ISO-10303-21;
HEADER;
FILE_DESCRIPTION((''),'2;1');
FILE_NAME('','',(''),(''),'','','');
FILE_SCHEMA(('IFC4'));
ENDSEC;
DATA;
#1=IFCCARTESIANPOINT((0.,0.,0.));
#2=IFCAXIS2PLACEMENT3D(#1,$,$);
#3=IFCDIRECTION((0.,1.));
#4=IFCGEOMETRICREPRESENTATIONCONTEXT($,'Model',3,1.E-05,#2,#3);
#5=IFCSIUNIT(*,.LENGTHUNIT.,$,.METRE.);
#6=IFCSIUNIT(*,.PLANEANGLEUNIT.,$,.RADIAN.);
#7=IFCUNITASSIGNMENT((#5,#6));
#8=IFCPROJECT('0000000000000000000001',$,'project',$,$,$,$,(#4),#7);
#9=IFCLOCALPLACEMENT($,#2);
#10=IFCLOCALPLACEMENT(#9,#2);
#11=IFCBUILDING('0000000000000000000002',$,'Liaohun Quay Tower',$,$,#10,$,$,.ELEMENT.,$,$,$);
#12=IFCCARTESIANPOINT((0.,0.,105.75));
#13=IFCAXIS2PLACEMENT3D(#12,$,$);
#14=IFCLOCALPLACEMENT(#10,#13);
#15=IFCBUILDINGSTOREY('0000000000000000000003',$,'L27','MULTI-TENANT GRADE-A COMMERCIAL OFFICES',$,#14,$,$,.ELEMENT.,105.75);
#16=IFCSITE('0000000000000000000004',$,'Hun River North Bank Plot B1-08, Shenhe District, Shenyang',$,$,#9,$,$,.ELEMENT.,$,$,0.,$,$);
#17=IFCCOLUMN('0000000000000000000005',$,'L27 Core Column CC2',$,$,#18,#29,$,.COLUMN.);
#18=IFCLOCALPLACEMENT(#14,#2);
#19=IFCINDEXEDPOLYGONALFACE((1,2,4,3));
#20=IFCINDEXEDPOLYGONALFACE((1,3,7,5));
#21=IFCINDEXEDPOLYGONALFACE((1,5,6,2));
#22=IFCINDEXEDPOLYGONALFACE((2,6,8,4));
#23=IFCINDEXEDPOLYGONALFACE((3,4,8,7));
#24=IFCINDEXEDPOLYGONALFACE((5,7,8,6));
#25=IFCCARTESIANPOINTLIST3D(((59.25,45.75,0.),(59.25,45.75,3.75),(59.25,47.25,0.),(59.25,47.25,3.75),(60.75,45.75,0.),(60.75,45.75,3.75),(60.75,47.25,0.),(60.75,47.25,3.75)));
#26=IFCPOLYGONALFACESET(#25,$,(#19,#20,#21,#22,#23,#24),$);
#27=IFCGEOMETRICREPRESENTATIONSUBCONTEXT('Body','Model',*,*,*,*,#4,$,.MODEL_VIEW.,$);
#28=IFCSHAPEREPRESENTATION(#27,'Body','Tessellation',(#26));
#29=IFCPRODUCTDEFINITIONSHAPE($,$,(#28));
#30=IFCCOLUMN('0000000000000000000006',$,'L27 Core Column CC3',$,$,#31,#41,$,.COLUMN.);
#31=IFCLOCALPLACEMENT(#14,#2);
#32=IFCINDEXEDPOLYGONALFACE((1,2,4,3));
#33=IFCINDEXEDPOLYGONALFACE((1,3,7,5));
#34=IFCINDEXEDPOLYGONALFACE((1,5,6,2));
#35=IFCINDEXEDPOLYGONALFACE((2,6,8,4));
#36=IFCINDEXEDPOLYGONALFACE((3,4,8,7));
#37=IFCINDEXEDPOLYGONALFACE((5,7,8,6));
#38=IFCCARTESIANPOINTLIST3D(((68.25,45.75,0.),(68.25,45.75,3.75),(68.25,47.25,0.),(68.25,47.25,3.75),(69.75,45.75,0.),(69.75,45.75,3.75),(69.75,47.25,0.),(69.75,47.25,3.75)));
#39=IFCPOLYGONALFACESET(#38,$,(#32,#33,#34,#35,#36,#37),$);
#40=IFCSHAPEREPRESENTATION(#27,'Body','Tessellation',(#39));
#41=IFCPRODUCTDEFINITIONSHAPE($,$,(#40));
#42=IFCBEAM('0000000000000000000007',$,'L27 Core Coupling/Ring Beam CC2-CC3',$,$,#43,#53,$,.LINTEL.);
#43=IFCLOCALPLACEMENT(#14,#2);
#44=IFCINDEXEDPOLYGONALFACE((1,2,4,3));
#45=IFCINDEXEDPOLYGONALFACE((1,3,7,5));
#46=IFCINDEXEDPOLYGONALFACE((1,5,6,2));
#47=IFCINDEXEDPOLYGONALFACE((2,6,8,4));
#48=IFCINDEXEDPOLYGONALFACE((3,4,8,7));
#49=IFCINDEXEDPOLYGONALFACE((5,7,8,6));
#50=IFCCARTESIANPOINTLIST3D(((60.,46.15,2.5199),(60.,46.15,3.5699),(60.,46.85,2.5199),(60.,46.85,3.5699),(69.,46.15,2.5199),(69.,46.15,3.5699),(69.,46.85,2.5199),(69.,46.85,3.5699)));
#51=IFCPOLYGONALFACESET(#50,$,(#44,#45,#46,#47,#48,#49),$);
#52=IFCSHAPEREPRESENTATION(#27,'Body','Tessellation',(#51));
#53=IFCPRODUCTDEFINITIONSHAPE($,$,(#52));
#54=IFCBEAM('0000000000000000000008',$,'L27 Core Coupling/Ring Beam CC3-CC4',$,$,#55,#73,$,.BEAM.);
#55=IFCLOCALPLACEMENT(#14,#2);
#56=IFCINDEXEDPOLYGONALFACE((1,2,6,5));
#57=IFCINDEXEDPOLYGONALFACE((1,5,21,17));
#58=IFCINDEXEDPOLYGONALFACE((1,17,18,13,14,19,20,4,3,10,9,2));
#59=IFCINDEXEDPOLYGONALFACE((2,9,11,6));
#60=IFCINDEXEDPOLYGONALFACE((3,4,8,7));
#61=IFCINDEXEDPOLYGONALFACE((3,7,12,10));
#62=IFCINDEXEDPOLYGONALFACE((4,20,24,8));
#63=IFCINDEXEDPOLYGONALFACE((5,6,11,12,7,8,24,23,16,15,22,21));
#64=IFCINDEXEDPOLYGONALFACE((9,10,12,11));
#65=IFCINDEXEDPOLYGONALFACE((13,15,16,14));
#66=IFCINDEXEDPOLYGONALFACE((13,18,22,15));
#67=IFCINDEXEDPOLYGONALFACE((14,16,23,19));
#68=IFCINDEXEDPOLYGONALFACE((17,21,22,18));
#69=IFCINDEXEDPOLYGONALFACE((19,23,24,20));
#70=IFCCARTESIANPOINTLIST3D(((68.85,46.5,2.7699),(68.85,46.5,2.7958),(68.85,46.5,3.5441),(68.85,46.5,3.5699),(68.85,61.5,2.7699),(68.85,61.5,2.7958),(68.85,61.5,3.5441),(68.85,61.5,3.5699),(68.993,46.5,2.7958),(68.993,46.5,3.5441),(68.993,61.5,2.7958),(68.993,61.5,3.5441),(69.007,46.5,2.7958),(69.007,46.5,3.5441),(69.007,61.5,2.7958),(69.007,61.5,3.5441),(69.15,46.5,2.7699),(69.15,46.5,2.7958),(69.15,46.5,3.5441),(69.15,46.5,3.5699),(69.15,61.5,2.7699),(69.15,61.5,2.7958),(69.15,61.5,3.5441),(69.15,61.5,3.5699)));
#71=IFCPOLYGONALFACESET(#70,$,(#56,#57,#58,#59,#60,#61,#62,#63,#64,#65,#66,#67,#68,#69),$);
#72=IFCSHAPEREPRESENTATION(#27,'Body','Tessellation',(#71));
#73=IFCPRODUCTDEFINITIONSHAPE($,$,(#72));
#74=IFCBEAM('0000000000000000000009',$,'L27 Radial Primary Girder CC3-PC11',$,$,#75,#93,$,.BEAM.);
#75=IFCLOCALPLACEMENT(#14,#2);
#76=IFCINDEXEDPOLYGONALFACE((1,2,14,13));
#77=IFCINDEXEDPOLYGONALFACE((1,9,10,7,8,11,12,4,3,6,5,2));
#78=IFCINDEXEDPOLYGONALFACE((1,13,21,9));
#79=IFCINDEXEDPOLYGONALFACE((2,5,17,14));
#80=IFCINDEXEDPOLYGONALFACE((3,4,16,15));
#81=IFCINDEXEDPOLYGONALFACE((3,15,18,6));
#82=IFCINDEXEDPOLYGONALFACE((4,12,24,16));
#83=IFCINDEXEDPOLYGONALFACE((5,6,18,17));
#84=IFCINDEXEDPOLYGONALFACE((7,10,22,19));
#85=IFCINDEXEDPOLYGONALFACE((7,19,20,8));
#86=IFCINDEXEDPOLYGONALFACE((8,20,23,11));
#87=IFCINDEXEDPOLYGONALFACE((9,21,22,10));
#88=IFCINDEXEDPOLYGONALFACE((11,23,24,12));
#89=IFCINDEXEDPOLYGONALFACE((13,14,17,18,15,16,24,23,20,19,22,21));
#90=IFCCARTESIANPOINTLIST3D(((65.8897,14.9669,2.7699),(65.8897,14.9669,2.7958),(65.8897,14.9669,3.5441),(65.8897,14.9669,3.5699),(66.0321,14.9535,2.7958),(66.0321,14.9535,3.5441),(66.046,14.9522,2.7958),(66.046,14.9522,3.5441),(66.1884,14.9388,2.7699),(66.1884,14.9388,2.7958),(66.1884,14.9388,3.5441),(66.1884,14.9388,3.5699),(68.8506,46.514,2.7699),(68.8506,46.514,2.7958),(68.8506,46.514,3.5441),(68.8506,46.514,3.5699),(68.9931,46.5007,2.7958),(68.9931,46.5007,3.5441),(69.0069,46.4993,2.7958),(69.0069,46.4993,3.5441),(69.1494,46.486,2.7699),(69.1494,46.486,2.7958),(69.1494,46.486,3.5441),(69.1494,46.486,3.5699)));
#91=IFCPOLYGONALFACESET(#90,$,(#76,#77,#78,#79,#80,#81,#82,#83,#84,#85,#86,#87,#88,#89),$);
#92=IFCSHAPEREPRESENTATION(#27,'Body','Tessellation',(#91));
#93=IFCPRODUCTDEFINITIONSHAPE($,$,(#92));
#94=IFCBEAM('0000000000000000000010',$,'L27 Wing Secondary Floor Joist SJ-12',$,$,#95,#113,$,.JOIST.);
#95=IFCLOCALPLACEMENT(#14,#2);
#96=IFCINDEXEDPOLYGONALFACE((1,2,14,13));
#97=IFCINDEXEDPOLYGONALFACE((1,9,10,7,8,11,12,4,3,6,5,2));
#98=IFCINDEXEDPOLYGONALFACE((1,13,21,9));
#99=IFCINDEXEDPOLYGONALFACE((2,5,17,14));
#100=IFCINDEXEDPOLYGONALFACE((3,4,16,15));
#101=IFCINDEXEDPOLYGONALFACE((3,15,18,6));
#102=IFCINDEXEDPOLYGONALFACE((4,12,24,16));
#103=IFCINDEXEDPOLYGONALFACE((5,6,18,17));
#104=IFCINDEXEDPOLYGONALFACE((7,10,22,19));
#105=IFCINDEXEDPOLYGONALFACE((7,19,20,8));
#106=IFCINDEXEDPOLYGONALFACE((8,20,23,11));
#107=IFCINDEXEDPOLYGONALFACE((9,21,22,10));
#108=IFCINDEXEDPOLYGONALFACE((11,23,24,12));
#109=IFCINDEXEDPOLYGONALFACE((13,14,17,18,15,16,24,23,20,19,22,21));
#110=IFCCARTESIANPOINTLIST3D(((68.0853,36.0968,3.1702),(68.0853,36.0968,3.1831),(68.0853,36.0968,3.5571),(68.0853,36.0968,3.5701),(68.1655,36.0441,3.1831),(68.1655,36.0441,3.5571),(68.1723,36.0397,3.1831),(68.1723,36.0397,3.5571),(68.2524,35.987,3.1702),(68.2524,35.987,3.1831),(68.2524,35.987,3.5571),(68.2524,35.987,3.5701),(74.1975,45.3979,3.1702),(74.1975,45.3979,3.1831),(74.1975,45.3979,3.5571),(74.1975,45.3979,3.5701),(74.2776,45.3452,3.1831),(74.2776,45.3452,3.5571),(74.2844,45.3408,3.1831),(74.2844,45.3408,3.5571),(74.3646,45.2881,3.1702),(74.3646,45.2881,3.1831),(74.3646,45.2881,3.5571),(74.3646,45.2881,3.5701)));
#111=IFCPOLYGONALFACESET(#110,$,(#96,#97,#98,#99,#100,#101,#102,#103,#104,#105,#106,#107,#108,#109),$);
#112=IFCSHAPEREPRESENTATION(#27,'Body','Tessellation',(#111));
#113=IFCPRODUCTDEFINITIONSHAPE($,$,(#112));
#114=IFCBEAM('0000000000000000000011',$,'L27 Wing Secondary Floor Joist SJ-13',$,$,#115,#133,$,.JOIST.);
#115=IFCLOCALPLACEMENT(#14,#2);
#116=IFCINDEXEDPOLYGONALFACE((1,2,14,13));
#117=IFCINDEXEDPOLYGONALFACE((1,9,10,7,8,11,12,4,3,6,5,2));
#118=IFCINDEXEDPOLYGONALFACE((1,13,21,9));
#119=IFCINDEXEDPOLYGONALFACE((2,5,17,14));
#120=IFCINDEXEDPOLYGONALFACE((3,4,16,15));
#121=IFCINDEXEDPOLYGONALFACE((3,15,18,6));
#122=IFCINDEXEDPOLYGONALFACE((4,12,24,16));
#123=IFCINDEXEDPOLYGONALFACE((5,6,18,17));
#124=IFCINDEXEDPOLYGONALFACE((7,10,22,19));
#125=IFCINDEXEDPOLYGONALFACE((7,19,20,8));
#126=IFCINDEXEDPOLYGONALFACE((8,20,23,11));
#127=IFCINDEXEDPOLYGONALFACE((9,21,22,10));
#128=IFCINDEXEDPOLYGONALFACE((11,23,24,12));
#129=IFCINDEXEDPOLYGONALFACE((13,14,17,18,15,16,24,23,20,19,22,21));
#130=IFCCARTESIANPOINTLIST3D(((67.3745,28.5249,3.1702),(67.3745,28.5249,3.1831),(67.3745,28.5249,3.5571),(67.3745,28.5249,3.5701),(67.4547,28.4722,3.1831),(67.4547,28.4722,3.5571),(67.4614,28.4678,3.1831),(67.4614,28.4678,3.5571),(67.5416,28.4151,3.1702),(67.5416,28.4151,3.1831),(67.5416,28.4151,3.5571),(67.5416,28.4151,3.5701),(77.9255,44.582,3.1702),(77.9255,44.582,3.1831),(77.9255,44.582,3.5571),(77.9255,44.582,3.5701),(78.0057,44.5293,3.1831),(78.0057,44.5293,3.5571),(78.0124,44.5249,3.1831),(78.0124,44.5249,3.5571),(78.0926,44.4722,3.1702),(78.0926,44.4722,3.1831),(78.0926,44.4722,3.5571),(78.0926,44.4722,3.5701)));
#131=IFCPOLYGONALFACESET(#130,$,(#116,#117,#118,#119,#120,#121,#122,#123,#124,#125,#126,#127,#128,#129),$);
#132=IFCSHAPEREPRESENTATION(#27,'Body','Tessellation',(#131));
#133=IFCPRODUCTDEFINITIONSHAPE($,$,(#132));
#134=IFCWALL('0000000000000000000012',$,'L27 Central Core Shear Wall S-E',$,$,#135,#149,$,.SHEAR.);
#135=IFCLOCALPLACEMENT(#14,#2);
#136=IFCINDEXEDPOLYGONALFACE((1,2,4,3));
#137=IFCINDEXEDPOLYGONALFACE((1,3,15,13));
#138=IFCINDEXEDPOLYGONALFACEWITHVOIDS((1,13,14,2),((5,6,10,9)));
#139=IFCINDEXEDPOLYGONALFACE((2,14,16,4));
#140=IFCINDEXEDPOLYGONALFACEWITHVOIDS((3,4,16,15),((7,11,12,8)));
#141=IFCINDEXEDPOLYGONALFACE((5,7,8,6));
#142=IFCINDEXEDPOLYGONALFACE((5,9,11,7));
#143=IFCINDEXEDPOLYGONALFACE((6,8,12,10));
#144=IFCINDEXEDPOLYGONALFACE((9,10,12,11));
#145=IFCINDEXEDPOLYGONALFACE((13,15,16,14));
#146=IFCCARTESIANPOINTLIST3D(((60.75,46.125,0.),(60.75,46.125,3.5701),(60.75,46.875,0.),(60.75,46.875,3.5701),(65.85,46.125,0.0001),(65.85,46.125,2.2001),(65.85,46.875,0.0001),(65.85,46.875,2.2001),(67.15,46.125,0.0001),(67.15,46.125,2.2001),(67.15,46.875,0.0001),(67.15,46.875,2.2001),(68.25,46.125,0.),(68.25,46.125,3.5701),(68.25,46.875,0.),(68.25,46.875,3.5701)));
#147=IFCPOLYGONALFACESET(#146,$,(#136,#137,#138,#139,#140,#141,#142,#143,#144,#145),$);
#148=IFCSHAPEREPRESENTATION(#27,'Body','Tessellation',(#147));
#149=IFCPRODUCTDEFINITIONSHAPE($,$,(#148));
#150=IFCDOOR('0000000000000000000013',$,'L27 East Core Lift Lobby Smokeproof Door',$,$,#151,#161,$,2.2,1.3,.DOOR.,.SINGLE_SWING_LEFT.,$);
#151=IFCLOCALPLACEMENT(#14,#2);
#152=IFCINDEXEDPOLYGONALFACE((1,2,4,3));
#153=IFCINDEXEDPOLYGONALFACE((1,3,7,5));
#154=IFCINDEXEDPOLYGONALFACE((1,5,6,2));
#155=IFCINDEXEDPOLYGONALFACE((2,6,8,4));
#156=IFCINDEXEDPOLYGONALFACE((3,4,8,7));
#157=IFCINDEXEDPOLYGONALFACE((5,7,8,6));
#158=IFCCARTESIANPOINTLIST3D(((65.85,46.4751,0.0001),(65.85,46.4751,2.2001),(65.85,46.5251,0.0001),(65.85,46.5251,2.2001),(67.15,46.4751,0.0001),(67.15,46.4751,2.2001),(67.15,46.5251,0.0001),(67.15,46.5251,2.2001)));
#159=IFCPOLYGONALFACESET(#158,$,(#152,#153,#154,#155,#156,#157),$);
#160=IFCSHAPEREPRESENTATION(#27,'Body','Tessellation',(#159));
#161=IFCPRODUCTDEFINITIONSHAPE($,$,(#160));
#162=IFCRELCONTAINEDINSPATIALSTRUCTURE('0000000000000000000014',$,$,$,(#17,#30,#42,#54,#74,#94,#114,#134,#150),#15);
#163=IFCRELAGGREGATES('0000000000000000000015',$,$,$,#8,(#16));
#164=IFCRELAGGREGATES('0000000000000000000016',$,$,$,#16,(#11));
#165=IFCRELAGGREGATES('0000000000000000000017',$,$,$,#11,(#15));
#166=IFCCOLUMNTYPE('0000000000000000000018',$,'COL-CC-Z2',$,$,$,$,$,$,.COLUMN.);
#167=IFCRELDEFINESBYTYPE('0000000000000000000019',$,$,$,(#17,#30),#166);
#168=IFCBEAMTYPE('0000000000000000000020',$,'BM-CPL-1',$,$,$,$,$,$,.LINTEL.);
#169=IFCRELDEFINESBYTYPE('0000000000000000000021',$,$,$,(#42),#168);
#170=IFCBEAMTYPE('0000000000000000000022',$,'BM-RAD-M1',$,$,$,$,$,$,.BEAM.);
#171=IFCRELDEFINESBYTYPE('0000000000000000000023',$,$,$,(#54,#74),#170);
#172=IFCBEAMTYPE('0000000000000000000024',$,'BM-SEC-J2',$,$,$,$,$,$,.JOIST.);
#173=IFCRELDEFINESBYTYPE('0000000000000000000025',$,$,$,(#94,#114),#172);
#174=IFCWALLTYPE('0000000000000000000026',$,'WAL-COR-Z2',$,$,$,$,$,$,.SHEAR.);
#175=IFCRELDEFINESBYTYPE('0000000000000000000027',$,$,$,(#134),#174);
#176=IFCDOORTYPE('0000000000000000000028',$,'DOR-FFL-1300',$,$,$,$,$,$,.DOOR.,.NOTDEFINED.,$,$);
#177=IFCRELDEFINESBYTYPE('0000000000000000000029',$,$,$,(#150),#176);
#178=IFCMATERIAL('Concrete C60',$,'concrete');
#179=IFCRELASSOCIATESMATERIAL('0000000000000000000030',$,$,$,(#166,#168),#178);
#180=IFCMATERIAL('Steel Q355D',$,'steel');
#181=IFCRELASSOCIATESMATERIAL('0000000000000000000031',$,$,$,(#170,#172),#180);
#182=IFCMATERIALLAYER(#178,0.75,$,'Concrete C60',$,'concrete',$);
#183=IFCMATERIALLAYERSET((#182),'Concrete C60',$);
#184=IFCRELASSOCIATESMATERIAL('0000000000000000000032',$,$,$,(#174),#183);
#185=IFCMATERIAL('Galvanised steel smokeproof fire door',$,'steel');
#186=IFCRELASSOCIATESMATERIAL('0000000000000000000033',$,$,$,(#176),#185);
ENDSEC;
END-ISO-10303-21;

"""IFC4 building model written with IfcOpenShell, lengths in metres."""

from ifc_helpers import new_model, si_unit, direction, frame, frame_2d, origin, origin_2d, place, context, subcontext, project, spatial, rectangle, i_section, extrude, source, transform, mapped, material, layer, layer_set, material_profile, profile_set, type_object, element, fill, save


model = new_model("IFC4")

# Units and contexts
model_context = context("Model", 3, precision=1e-05, world=origin(), true_north=direction((0.0, 1.0)))
body_context = subcontext(model_context, "Body", "Model", "MODEL_VIEW")
ifc_project = project(units=[si_unit("LENGTHUNIT", "METRE"), si_unit("PLANEANGLEUNIT", "RADIAN")], contexts=[model_context])

# Site, building, storey
site_placement = place(None, origin())
site = spatial("IfcSite", under=ifc_project, at=site_placement, Name="Hun River North Bank Plot B1-08, Shenhe District, Shenyang", CompositionType="ELEMENT", RefElevation=0.0)
building_placement = place(site_placement, origin())
building = spatial("IfcBuilding", under=site, at=building_placement, Name="Liaohun Quay Tower", CompositionType="ELEMENT")
storey_placement = place(building_placement, frame((0.0, 0.0, 105.75)))
storey = spatial("IfcBuildingStorey", under=building, at=storey_placement, Name="L27", Description="MULTI-TENANT GRADE-A COMMERCIAL OFFICES", CompositionType="ELEMENT", Elevation=105.75)

# Columns
ifc_material_1 = material(Name="Concrete C60", Category="concrete")
ifc_material_profile_1 = material_profile(ifc_material_1, rectangle(XDim=1.5, YDim=1.5, at=origin_2d()), Name="RC1500x1500")
ifc_profile_set_1 = profile_set([ifc_material_profile_1], Name="Concrete C60")
column_type = type_object("IfcColumnType", Name="COL-CC-Z2", PredefinedType="COLUMN", material=ifc_profile_set_1)
shared_shape_1 = source(origin(), body_context, "Body", "SweptSolid", [
    extrude(rectangle(XDim=1.5, YDim=1.5, at=origin_2d()), origin(), (0.0, 0.0, 1.0), 3.75),
])
for number, where, z_axis, x_axis, name in (
    (1, (60.0, 46.5, 0.0), (0.0, 0.0, 1.0), (1.0, 0.0, 0.0), "L27 Core Column CC2"),
    (2, (69.0, 46.5, 0.0), (0.0, 0.0, 1.0), (1.0, 0.0, 0.0), "L27 Core Column CC3"),
):
    element("IfcColumn", number, at=place(storey_placement, frame(where, z_axis=z_axis, x_axis=x_axis)), inside=storey, type_object=column_type, Name=name, PredefinedType="COLUMN", context=body_context, shape_type="MappedRepresentation", body=[
        mapped(shared_shape_1, transform((0.0, 0.0, 0.0), x_axis=(1.0, 0.0, 0.0), y_axis=(0.0, 1.0, 0.0), z_axis=(0.0, 0.0, 1.0), scale=1.0)),
    ])

# Beams
ifc_material_profile_2 = material_profile(ifc_material_1, rectangle(XDim=0.7, YDim=1.05, at=origin_2d()), Name="RC700x1050")
ifc_profile_set_2 = profile_set([ifc_material_profile_2], Name="Concrete C60")
beam_type_1 = type_object("IfcBeamType", Name="BM-CPL-1", PredefinedType="LINTEL", material=ifc_profile_set_2)
shared_shape_2 = source(origin(), body_context, "Body", "SweptSolid", [
    extrude(rectangle(XDim=0.7, YDim=1.05, at=origin_2d()), origin(), (0.0, 0.0, 1.0), 9.0),
])
beam_1_placement = place(storey_placement, frame((60.0, 46.5, 3.0449), z_axis=(1.0, 0.0, 0.0), x_axis=(0.0, 1.0, 0.0)))
element("IfcBeam", 3, at=beam_1_placement, inside=storey, type_object=beam_type_1, Name="L27 Core Coupling/Ring Beam CC2-CC3", PredefinedType="LINTEL", context=body_context, shape_type="MappedRepresentation", body=[
    mapped(shared_shape_2, transform((0.0, 0.0, 0.0), x_axis=(1.0, 0.0, 0.0), y_axis=(0.0, 1.0, 0.0), z_axis=(0.0, 0.0, 1.0), scale=1.0)),
])
ifc_material_2 = material(Name="Steel Q355D", Category="steel")
ifc_material_profile_3 = material_profile(ifc_material_2, i_section(OverallWidth=0.3, OverallDepth=0.8, WebThickness=0.0139, FlangeThickness=0.0259, at=origin_2d()), Name="HN800x300x14x26")
ifc_profile_set_3 = profile_set([ifc_material_profile_3], Name="Steel Q355D")
beam_type_2 = type_object("IfcBeamType", Name="BM-RAD-M1", PredefinedType="BEAM", material=ifc_profile_set_3)
shared_shape_3 = source(origin(), body_context, "Body", "SweptSolid", [
    extrude(i_section(OverallWidth=0.3, OverallDepth=0.8, WebThickness=0.0139, FlangeThickness=0.0259, at=origin_2d()), origin(), (0.0, 0.0, 1.0), 15.0),
])
beam_2_placement = place(storey_placement, frame((69.0, 46.5, 3.1699), z_axis=(0.0, 1.0, 0.0), x_axis=(-1.0, 0.0, 0.0)))
element("IfcBeam", 4, at=beam_2_placement, inside=storey, type_object=beam_type_2, Name="L27 Core Coupling/Ring Beam CC3-CC4", PredefinedType="BEAM", context=body_context, shape_type="MappedRepresentation", body=[
    mapped(shared_shape_3, transform((0.0, 0.0, 0.0), x_axis=(1.0, 0.0, 0.0), y_axis=(0.0, 1.0, 0.0), z_axis=(0.0, 0.0, 1.0), scale=1.0)),
])
shared_shape_4 = source(origin(), body_context, "Body", "SweptSolid", [
    extrude(i_section(OverallWidth=0.3, OverallDepth=0.8, WebThickness=0.0139, FlangeThickness=0.0259, at=origin_2d()), origin(), (0.0, 0.0, 1.0), 31.6858),
])
beam_3_placement = place(storey_placement, frame((69.0, 46.5, 3.1699), z_axis=(-0.093447, -0.995624, 0.0), x_axis=(0.995624, -0.093447, 0.0)))
element("IfcBeam", 5, at=beam_3_placement, inside=storey, type_object=beam_type_2, Name="L27 Radial Primary Girder CC3-PC11", PredefinedType="BEAM", context=body_context, shape_type="MappedRepresentation", body=[
    mapped(shared_shape_4, transform((0.0, 0.0, 0.0), x_axis=(1.0, 0.0, 0.0), y_axis=(0.0, 1.0, 0.0), z_axis=(0.0, 0.0, 1.0), scale=1.0)),
])
ifc_material_profile_4 = material_profile(ifc_material_2, i_section(OverallWidth=0.2, OverallDepth=0.3999, WebThickness=0.0081, FlangeThickness=0.0129, at=origin_2d()), Name="HN400x200x8x13")
ifc_profile_set_4 = profile_set([ifc_material_profile_4], Name="Steel Q355D")
beam_type_3 = type_object("IfcBeamType", Name="BM-SEC-J2", PredefinedType="JOIST", material=ifc_profile_set_4)
shared_shape_5 = source(origin(), body_context, "Body", "SweptSolid", [
    extrude(i_section(OverallWidth=0.2, OverallDepth=0.3999, WebThickness=0.0081, FlangeThickness=0.0129, at=origin_2d()), origin(), (0.0, 0.0, 1.0), 11.1296),
])
beam_4_placement = place(storey_placement, frame((74.281, 45.343, 3.3701), z_axis=(-0.549175, -0.835707, 0.0), x_axis=(0.835707, -0.549175, 0.0)))
element("IfcBeam", 6, at=beam_4_placement, inside=storey, type_object=beam_type_3, Name="L27 Wing Secondary Floor Joist SJ-12", PredefinedType="JOIST", context=body_context, shape_type="MappedRepresentation", body=[
    mapped(shared_shape_5, transform((0.0, 0.0, 0.0), x_axis=(1.0, 0.0, 0.0), y_axis=(0.0, 1.0, 0.0), z_axis=(0.0, 0.0, 1.0), scale=1.0)),
])
shared_shape_6 = source(origin(), body_context, "Body", "SweptSolid", [
    extrude(i_section(OverallWidth=0.2, OverallDepth=0.3999, WebThickness=0.0081, FlangeThickness=0.0129, at=origin_2d()), origin(), (0.0, 0.0, 1.0), 19.2134),
])
beam_5_placement = place(storey_placement, frame((78.009, 44.5271, 3.3701), z_axis=(-0.549149, -0.835725, 0.0), x_axis=(0.835725, -0.549149, 0.0)))
element("IfcBeam", 7, at=beam_5_placement, inside=storey, type_object=beam_type_3, Name="L27 Wing Secondary Floor Joist SJ-13", PredefinedType="JOIST", context=body_context, shape_type="MappedRepresentation", body=[
    mapped(shared_shape_6, transform((0.0, 0.0, 0.0), x_axis=(1.0, 0.0, 0.0), y_axis=(0.0, 1.0, 0.0), z_axis=(0.0, 0.0, 1.0), scale=1.0)),
])

# Wall, opening, door
ifc_layer_1 = layer(ifc_material_1, 0.75, Name="Concrete C60", Category="concrete")
ifc_layer_set_1 = layer_set([ifc_layer_1], Name="Concrete C60")
wall_type_1 = type_object("IfcWallType", Name="WAL-COR-Z2", PredefinedType="SHEAR", material=ifc_layer_set_1)
wall_1_placement = place(storey_placement, frame((68.25, 46.5, 0.0), z_axis=(0.0, 0.0, 1.0), x_axis=(-1.0, 0.0, 0.0)))
wall_1 = element("IfcWall", 8, at=wall_1_placement, inside=storey, type_object=wall_type_1, Name="L27 Central Core Shear Wall S-E", PredefinedType="SHEAR", context=body_context, shape_type="SweptSolid", body=[
    extrude(rectangle(XDim=7.5, YDim=0.75, at=frame_2d((3.75, 0.0))), origin(), (0.0, 0.0, 1.0), 3.5701),
])
shared_shape_7 = source(origin(), body_context, "Body", "SweptSolid", [
    extrude(rectangle(XDim=1.3, YDim=2.2, at=frame_2d((0.6499, 1.1001))), frame((0.0, 0.385, 0.0), z_axis=(0.0, -1.0, 0.0), x_axis=(1.0, 0.0, 0.0)), (0.0, 0.0, 1.0), 0.77),
])
opening_1_placement = place(wall_1_placement, frame((1.1001, 0.0, 0.0)))
opening_1 = element("IfcOpeningElement", 9, at=opening_1_placement, cuts=wall_1, PredefinedType="OPENING", context=body_context, shape_type="MappedRepresentation", body=[
    mapped(shared_shape_7, transform((0.0, 0.0, 0.0), x_axis=(1.0, 0.0, 0.0), y_axis=(0.0, 1.0, 0.0), z_axis=(0.0, 0.0, 1.0), scale=1.0)),
])
ifc_material_3 = material(Name="Galvanised steel smokeproof fire door", Category="steel")
door_type_1 = type_object("IfcDoorType", Name="DOR-FFL-1300", OperationType="NOTDEFINED", PredefinedType="DOOR", material=ifc_material_3)
shared_shape_8 = source(origin(), body_context, "Body", "SweptSolid", [
    extrude(rectangle(XDim=1.3, YDim=2.2, at=frame_2d((0.6499, 1.1001))), frame((0.0, 0.0249, 0.0), z_axis=(0.0, -1.0, 0.0), x_axis=(1.0, 0.0, 0.0)), (0.0, 0.0, 1.0), 0.05),
])
door_1_placement = place(opening_1_placement, origin())
door_1 = element("IfcDoor", 10, at=door_1_placement, inside=storey, type_object=door_type_1, Name="L27 East Core Lift Lobby Smokeproof Door", OperationType="SINGLE_SWING_LEFT", OverallHeight=2.2, OverallWidth=1.3, PredefinedType="DOOR", context=body_context, shape_type="MappedRepresentation", body=[
    mapped(shared_shape_8, transform((0.0, 0.0, 0.0), x_axis=(1.0, 0.0, 0.0), y_axis=(0.0, 1.0, 0.0), z_axis=(0.0, 0.0, 1.0), scale=1.0)),
])
fill(opening_1, door_1)

save(model, "model.ifc")
